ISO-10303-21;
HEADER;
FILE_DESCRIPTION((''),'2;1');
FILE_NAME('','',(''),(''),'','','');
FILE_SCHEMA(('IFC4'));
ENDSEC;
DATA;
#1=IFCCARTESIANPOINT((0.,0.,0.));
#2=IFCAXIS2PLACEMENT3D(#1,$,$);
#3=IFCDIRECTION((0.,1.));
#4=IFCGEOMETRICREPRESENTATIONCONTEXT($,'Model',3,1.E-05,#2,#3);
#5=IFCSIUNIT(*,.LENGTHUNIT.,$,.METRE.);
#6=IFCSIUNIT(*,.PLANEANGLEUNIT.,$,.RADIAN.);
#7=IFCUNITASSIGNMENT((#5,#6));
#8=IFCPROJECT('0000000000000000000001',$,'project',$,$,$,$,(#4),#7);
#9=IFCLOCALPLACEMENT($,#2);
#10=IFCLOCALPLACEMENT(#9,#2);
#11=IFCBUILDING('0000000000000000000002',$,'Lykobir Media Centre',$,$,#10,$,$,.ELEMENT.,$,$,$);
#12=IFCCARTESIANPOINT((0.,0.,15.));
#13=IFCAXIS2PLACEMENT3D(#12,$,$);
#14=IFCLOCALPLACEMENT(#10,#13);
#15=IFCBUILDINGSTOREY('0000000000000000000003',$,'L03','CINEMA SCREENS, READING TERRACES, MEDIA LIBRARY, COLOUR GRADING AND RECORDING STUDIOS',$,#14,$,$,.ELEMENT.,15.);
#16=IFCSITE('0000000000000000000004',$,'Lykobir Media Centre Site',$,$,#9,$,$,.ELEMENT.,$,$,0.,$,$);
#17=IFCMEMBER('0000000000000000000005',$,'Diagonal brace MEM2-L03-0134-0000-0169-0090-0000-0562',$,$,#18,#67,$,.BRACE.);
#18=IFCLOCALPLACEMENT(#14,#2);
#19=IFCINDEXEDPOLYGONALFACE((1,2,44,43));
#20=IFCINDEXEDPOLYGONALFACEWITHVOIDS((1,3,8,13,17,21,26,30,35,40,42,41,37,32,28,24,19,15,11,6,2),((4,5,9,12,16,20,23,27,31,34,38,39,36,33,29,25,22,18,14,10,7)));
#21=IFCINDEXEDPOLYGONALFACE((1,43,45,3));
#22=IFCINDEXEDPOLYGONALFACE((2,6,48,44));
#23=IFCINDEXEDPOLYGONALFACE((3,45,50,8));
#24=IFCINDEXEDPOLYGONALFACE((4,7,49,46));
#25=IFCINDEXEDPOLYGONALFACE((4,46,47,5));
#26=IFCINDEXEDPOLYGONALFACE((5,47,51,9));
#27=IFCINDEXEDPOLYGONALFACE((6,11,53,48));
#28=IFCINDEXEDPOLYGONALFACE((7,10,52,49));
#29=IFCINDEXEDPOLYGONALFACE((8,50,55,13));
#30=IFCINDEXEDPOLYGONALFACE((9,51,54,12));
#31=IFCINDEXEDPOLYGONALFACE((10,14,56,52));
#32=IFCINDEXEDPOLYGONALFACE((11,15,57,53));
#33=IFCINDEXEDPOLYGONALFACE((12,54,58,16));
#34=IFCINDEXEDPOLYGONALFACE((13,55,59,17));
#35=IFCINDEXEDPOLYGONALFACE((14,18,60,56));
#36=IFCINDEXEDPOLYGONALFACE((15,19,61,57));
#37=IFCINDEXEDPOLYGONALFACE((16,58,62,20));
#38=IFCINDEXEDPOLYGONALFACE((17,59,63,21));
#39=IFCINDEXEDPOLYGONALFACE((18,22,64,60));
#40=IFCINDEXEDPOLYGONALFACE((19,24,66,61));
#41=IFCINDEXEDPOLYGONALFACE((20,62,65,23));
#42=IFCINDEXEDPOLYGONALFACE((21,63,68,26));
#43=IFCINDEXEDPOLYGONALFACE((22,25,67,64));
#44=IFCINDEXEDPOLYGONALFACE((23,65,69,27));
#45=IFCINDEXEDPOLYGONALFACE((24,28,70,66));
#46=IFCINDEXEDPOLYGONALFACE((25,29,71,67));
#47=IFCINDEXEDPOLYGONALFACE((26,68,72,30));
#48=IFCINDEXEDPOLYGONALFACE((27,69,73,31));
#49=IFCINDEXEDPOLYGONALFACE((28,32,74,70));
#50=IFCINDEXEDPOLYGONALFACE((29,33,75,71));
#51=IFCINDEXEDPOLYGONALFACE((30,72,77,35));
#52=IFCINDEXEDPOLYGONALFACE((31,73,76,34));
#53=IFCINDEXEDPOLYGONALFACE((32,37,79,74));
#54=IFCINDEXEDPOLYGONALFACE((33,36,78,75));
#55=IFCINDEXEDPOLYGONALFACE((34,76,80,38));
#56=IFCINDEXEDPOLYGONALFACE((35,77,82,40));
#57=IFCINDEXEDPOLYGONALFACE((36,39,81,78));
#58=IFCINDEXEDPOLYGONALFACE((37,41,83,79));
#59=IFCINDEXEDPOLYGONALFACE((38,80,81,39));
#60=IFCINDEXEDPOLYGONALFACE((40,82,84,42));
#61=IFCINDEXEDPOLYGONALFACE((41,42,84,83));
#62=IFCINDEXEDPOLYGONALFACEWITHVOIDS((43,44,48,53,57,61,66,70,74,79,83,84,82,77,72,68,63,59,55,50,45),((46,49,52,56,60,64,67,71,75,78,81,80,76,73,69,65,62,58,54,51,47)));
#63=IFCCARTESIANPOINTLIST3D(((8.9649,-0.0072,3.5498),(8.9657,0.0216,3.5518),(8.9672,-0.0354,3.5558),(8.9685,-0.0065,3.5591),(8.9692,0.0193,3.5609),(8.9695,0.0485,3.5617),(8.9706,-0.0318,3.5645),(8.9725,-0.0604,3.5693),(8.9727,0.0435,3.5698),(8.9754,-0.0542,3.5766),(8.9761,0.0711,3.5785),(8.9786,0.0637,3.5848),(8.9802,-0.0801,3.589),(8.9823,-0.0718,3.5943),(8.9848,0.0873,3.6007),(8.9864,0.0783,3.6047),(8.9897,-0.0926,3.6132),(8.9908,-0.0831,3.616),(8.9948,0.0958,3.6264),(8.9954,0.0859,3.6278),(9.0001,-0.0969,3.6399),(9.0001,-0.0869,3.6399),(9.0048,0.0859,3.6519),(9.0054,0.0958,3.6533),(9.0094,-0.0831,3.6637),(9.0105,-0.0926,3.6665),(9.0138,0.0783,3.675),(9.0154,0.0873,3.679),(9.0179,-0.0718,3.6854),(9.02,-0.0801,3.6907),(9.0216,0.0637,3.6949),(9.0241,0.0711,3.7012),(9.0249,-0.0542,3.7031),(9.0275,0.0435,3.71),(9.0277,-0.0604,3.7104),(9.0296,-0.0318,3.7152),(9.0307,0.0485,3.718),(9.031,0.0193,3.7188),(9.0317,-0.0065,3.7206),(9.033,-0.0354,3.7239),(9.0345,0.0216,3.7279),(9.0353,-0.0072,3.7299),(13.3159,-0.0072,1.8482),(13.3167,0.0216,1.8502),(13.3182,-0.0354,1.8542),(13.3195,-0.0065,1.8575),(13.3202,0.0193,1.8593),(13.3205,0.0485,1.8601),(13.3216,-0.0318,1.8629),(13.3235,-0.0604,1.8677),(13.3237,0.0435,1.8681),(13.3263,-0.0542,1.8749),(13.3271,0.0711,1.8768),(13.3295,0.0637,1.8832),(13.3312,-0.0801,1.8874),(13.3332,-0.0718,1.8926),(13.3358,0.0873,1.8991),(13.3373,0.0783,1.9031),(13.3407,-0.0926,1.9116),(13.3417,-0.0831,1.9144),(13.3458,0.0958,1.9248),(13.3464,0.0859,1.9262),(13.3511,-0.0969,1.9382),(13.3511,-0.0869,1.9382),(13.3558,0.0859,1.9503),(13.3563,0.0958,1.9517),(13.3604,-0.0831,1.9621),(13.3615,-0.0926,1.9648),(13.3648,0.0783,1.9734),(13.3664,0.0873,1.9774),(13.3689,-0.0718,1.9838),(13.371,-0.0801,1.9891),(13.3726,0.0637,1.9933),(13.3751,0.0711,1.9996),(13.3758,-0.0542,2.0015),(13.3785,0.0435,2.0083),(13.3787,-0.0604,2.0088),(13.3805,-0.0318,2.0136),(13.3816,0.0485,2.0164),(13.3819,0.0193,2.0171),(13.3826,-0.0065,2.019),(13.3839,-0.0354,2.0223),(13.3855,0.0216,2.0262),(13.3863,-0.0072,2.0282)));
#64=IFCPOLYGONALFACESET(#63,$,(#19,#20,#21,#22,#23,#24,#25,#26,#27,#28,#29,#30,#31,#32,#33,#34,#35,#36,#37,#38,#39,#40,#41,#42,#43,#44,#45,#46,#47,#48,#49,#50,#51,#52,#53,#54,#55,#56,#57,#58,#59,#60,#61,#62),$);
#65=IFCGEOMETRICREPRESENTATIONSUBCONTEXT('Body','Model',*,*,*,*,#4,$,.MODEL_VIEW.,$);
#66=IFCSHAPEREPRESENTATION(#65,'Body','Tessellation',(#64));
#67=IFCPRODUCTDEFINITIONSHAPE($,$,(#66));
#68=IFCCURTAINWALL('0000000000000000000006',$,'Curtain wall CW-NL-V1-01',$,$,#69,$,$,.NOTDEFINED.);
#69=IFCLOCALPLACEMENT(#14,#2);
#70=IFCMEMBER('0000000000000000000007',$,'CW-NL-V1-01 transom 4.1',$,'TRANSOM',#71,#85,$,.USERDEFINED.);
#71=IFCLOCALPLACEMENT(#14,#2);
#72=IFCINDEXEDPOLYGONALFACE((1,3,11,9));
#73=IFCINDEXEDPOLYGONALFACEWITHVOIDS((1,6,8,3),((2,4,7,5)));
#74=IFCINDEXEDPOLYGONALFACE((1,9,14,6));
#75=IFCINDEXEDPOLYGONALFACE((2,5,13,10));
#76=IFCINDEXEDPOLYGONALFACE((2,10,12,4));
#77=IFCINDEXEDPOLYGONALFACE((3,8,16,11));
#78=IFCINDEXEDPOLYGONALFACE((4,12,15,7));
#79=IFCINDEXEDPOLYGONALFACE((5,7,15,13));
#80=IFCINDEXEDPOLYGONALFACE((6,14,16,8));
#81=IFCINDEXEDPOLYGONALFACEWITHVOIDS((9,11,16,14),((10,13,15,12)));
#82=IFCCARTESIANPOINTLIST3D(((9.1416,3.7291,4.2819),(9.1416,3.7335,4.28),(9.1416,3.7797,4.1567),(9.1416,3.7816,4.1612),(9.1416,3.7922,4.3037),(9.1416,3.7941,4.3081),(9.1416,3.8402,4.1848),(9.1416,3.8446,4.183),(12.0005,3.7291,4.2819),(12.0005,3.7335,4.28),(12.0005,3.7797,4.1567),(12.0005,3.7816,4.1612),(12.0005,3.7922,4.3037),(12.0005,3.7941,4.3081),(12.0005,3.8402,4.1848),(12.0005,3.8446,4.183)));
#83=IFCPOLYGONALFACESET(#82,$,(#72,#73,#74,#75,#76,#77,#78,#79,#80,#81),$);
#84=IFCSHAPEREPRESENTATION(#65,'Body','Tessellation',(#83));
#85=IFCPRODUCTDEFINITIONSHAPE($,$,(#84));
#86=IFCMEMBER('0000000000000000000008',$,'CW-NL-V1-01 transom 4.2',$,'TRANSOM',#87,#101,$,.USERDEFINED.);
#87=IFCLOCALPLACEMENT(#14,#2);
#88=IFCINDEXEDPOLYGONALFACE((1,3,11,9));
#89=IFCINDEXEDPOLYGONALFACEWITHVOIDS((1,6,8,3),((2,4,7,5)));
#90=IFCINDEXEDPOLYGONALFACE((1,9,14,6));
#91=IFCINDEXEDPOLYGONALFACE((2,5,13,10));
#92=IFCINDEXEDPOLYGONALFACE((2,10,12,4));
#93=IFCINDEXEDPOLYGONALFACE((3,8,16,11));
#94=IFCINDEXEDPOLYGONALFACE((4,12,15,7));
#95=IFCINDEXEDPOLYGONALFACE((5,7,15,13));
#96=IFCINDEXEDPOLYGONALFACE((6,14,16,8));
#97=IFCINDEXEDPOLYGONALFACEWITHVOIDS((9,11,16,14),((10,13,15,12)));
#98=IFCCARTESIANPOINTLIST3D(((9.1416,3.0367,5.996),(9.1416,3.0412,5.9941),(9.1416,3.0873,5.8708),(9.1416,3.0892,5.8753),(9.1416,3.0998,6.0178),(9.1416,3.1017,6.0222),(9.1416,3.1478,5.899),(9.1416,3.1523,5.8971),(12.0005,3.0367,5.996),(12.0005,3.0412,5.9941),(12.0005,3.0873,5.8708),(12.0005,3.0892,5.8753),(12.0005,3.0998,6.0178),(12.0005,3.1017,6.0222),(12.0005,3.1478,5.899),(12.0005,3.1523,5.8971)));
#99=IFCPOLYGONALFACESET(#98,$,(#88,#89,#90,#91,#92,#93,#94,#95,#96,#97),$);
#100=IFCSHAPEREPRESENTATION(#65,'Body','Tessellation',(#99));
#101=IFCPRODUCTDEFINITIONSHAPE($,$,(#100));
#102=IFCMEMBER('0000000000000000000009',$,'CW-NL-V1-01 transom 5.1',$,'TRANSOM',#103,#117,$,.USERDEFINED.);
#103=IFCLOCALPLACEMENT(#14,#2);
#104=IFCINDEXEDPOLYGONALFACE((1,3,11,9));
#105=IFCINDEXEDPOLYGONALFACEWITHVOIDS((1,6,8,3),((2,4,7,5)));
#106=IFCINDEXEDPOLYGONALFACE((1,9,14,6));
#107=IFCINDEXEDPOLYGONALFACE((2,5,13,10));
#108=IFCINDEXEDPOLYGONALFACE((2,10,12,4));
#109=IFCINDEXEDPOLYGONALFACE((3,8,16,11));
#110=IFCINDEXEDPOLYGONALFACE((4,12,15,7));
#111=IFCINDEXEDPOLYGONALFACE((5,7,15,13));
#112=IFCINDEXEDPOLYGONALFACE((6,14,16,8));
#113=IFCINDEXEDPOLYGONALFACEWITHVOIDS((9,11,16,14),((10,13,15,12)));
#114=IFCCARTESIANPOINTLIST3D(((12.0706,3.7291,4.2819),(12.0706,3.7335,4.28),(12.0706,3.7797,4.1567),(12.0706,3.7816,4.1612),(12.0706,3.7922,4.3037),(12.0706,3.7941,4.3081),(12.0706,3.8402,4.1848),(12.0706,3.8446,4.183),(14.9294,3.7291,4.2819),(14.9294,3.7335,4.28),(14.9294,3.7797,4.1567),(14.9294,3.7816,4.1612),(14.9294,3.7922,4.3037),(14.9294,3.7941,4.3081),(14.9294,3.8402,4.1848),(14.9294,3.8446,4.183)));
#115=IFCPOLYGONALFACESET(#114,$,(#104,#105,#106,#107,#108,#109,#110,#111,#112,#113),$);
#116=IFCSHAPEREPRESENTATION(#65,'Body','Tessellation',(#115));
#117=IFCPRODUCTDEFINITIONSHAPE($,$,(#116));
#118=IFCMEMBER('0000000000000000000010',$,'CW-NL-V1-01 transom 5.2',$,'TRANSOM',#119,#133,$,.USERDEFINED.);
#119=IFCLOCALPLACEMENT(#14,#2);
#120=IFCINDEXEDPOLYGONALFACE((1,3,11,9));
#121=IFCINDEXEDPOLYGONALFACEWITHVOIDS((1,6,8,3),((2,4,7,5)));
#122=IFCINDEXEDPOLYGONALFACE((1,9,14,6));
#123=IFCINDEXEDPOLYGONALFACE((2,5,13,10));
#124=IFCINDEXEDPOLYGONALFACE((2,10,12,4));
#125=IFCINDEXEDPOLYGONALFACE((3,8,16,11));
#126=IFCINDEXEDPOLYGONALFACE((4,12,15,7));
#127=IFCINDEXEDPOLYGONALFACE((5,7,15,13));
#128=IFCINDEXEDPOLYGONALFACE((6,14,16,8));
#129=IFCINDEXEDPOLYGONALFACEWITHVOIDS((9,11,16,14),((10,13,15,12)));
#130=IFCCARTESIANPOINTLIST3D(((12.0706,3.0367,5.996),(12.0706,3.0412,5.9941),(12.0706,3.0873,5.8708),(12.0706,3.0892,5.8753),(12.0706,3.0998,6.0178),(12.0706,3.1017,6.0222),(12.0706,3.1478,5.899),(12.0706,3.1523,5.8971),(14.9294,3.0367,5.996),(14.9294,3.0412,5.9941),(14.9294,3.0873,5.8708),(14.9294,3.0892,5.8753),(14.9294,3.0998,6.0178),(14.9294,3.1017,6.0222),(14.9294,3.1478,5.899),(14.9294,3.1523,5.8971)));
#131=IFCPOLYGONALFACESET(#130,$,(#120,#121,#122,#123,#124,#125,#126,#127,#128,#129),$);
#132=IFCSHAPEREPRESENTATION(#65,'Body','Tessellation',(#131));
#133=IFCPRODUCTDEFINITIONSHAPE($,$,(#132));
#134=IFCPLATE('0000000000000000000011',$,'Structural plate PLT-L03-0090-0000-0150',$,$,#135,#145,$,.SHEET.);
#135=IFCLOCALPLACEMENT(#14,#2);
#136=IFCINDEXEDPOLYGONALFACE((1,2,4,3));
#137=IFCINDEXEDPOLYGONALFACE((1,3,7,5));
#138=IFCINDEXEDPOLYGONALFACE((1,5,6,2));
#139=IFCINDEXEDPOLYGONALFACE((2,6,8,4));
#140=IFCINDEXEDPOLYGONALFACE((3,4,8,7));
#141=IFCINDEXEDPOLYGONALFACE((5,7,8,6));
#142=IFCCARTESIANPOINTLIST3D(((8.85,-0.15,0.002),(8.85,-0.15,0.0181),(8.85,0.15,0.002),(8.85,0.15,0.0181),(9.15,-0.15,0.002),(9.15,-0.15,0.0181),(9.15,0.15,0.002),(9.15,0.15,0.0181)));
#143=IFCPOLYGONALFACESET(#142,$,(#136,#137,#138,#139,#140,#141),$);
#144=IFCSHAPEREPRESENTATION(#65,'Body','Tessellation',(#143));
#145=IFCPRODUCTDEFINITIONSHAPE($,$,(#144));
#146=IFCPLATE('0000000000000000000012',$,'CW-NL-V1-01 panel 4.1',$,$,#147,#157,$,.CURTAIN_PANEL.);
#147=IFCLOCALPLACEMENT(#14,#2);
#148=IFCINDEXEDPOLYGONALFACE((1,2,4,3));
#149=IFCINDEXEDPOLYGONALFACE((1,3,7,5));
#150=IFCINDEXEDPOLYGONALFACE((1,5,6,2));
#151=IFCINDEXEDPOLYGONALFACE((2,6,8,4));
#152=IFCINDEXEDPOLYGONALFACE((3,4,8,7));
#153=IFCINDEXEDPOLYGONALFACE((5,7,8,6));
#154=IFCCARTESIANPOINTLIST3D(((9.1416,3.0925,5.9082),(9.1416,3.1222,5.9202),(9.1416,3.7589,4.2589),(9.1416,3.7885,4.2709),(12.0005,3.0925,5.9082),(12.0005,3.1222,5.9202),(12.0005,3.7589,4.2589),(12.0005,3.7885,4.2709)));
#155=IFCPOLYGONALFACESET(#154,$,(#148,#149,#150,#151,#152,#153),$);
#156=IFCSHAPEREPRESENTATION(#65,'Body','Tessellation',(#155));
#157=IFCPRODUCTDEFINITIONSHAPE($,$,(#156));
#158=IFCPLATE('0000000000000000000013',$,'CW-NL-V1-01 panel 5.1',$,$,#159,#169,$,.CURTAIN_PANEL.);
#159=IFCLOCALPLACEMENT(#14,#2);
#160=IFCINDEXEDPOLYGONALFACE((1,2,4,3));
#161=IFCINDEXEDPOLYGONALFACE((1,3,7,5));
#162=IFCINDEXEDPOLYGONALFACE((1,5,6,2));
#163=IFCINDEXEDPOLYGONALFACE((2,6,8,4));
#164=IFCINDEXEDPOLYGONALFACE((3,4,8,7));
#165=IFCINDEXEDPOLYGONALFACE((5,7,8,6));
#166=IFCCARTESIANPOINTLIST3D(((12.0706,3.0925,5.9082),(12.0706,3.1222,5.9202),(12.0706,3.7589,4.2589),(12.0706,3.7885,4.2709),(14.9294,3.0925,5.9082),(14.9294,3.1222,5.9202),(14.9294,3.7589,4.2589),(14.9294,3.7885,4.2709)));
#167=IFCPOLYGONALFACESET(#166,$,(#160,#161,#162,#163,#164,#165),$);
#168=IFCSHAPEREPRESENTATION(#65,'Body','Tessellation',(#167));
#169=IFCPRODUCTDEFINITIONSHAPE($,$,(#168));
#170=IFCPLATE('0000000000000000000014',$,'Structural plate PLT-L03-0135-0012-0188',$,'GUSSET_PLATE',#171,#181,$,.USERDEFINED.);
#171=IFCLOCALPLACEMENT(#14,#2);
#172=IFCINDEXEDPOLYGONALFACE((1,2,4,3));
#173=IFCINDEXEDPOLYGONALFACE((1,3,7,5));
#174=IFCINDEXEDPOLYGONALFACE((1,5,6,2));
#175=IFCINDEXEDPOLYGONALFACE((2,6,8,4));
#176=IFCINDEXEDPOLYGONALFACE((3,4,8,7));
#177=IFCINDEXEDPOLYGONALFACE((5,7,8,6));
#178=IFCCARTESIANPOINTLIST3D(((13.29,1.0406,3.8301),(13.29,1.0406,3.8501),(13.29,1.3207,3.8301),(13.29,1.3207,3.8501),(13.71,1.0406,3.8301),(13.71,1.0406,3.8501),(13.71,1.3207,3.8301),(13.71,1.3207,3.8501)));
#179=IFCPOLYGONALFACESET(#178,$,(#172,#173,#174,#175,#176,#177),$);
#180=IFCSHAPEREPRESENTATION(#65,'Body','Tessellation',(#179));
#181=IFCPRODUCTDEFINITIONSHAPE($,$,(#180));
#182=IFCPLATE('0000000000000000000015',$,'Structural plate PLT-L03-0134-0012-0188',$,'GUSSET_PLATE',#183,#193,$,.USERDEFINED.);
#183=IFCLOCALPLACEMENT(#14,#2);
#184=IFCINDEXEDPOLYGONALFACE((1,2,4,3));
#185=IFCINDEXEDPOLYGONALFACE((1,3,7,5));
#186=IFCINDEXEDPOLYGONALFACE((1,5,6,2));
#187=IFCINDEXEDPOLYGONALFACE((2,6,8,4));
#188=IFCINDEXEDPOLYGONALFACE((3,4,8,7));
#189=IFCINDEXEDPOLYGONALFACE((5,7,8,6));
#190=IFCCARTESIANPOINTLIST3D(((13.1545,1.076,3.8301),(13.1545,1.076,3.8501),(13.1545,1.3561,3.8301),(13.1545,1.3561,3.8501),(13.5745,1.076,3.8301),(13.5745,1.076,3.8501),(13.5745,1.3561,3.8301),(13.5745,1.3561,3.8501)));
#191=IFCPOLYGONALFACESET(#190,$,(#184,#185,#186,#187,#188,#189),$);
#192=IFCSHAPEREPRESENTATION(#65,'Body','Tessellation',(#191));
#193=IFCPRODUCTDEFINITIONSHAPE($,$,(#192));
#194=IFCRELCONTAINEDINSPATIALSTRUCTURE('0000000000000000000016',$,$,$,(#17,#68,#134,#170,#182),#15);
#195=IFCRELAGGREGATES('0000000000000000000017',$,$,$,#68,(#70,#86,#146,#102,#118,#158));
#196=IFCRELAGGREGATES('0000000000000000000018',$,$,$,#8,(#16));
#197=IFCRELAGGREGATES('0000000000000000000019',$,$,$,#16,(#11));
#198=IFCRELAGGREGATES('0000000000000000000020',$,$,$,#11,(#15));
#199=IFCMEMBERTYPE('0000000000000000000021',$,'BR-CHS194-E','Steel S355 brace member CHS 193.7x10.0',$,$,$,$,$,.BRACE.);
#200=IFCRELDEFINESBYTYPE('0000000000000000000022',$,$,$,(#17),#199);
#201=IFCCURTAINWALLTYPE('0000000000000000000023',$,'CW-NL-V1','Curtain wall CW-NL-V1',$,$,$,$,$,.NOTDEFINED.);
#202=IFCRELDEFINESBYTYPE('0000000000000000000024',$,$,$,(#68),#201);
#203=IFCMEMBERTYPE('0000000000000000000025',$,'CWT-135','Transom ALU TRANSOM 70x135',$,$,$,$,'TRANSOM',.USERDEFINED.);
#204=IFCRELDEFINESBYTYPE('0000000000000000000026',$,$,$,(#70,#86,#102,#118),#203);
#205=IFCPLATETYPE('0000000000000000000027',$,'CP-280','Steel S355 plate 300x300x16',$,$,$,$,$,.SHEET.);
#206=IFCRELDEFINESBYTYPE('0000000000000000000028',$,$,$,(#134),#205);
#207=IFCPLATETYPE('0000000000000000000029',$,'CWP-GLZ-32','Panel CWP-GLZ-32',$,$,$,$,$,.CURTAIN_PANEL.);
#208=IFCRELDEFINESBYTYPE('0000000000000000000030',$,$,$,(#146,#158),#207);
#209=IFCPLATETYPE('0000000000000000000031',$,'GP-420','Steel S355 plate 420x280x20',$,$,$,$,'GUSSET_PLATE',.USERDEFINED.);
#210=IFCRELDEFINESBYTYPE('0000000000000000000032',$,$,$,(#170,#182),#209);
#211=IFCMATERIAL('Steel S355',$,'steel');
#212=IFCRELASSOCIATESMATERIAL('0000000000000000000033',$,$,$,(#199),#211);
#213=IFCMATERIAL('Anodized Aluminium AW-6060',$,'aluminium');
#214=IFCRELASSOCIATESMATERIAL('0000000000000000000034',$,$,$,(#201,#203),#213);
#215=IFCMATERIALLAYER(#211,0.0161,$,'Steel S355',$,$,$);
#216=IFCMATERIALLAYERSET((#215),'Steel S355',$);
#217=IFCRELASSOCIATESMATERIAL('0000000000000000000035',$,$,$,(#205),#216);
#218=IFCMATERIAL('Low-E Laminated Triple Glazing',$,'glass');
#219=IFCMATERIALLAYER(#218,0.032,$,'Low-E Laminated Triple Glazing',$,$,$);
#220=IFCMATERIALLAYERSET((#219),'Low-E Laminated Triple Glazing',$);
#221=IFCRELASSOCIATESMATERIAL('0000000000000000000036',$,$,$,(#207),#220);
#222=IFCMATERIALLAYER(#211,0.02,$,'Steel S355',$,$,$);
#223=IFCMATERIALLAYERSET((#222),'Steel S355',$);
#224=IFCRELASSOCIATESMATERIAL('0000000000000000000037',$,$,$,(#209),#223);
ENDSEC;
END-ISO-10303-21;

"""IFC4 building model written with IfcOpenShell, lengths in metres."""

from ifc_helpers import new_model, si_unit, direction, frame, origin, origin_2d, place, context, subcontext, project, spatial, rectangle, hollow_rectangle, hollow_circle, extrude, material, layer, layer_set, material_profile, profile_set, type_object, element, aggregate, save


model = new_model("IFC4")

# Units and contexts
model_context = context("Model", 3, precision=1e-05, world=origin(), true_north=direction((0.0, 1.0)))
body_context = subcontext(model_context, "Body", "Model", "MODEL_VIEW")
ifc_project = project(units=[si_unit("LENGTHUNIT", "METRE"), si_unit("PLANEANGLEUNIT", "RADIAN")], contexts=[model_context])

# Site, building, storey
site_placement = place(None, origin())
site = spatial("IfcSite", under=ifc_project, at=site_placement, Name="Lykobir Media Centre Site", CompositionType="ELEMENT", RefElevation=0.0)
building_placement = place(site_placement, origin())
building = spatial("IfcBuilding", under=site, at=building_placement, Name="Lykobir Media Centre", CompositionType="ELEMENT")
storey_placement = place(building_placement, frame((0.0, 0.0, 15.0)))
storey = spatial("IfcBuildingStorey", under=building, at=storey_placement, Name="L03", Description="CINEMA SCREENS, READING TERRACES, MEDIA LIBRARY, COLOUR GRADING AND RECORDING STUDIOS", CompositionType="ELEMENT", Elevation=15.0)

# Member
ifc_material_1 = material(Name="Steel S355", Category="steel")
ifc_material_profile_1 = material_profile(ifc_material_1, hollow_circle(Radius=0.0969, WallThickness=0.01, at=origin_2d()), Name="CHS 193.7x10.0")
ifc_profile_set_1 = profile_set([ifc_material_profile_1], Name="Steel S355")
member_type_1 = type_object("IfcMemberType", Name="BR-CHS194-E", Description="Steel S355 brace member CHS 193.7x10.0", PredefinedType="BRACE", material=ifc_profile_set_1)
member_1_placement = place(storey_placement, frame((13.3511, 0.0, 1.9382), z_axis=(-0.931311, 0.0, 0.364226), x_axis=(0.0, -1.0, 0.0)))
element("IfcMember", 1, at=member_1_placement, inside=storey, type_object=member_type_1, Name="Diagonal brace MEM2-L03-0134-0000-0169-0090-0000-0562", PredefinedType="BRACE", context=body_context, shape_type="SweptSolid", body=[
    extrude(hollow_circle(Radius=0.0969, WallThickness=0.01, at=origin_2d()), origin(), (0.0, 0.0, 1.0), 4.6719),
])

# Curtain wall, members
ifc_material_2 = material(Name="Anodized Aluminium AW-6060", Category="aluminium")
curtain_wall_type = type_object("IfcCurtainWallType", Name="CW-NL-V1", Description="Curtain wall CW-NL-V1", PredefinedType="NOTDEFINED", material=ifc_material_2)
curtain_wall_placement = place(storey_placement, origin())
curtain_wall = element("IfcCurtainWall", 2, at=curtain_wall_placement, inside=storey, type_object=curtain_wall_type, Name="Curtain wall CW-NL-V1-01", PredefinedType="NOTDEFINED")
ifc_material_profile_2 = material_profile(ifc_material_2, hollow_rectangle(XDim=0.0701, YDim=0.135, WallThickness=0.0034, at=origin_2d()), Name="ALU TRANSOM 70x135")
ifc_profile_set_2 = profile_set([ifc_material_profile_2], Name="Anodized Aluminium AW-6060")
member_type_2 = type_object("IfcMemberType", Name="CWT-135", Description="Transom ALU TRANSOM 70x135", ElementType="TRANSOM", PredefinedType="USERDEFINED", material=ifc_profile_set_2)
member_2_placement = place(storey_placement, frame((9.1416, 3.7869, 4.2324), z_axis=(1.0, 0.0, 0.0), x_axis=(0.0, 0.927184, 0.374607)))
member_2 = element("IfcMember", 3, at=member_2_placement, type_object=member_type_2, Name="CW-NL-V1-01 transom 4.1", ObjectType="TRANSOM", PredefinedType="USERDEFINED", context=body_context, shape_type="SweptSolid", body=[
    extrude(hollow_rectangle(XDim=0.0701, YDim=0.135, WallThickness=0.0034, at=origin_2d()), origin(), (0.0, 0.0, 1.0), 2.8589),
])
member_3_placement = place(storey_placement, frame((9.1416, 3.0945, 5.9465), z_axis=(1.0, 0.0, 0.0), x_axis=(0.0, 0.927184, 0.374607)))
member_3 = element("IfcMember", 4, at=member_3_placement, type_object=member_type_2, Name="CW-NL-V1-01 transom 4.2", ObjectType="TRANSOM", PredefinedType="USERDEFINED", context=body_context, shape_type="SweptSolid", body=[
    extrude(hollow_rectangle(XDim=0.0701, YDim=0.135, WallThickness=0.0034, at=origin_2d()), origin(), (0.0, 0.0, 1.0), 2.8589),
])
member_4_placement = place(storey_placement, frame((12.0706, 3.7869, 4.2324), z_axis=(1.0, 0.0, 0.0), x_axis=(0.0, 0.927184, 0.374607)))
member_4 = element("IfcMember", 5, at=member_4_placement, type_object=member_type_2, Name="CW-NL-V1-01 transom 5.1", ObjectType="TRANSOM", PredefinedType="USERDEFINED", context=body_context, shape_type="SweptSolid", body=[
    extrude(hollow_rectangle(XDim=0.0701, YDim=0.135, WallThickness=0.0034, at=origin_2d()), origin(), (0.0, 0.0, 1.0), 2.8589),
])
member_5_placement = place(storey_placement, frame((12.0706, 3.0945, 5.9465), z_axis=(1.0, 0.0, 0.0), x_axis=(0.0, 0.927184, 0.374607)))
member_5 = element("IfcMember", 6, at=member_5_placement, type_object=member_type_2, Name="CW-NL-V1-01 transom 5.2", ObjectType="TRANSOM", PredefinedType="USERDEFINED", context=body_context, shape_type="SweptSolid", body=[
    extrude(hollow_rectangle(XDim=0.0701, YDim=0.135, WallThickness=0.0034, at=origin_2d()), origin(), (0.0, 0.0, 1.0), 2.8589),
])

# Plates
ifc_layer_1 = layer(ifc_material_1, 0.0161, Name="Steel S355")
ifc_layer_set_1 = layer_set([ifc_layer_1], Name="Steel S355")
plate_type_1 = type_object("IfcPlateType", Name="CP-280", Description="Steel S355 plate 300x300x16", PredefinedType="SHEET", material=ifc_layer_set_1)
plate_1_placement = place(storey_placement, frame((9.0, 0.0, 0.002), z_axis=(0.0, 0.0, 1.0), x_axis=(1.0, 0.0, 0.0)))
element("IfcPlate", 7, at=plate_1_placement, inside=storey, type_object=plate_type_1, Name="Structural plate PLT-L03-0090-0000-0150", PredefinedType="SHEET", context=body_context, shape_type="SweptSolid", body=[
    extrude(rectangle(XDim=0.3, YDim=0.3, at=origin_2d()), origin(), (0.0, 0.0, 1.0), 0.0161),
])
ifc_material_3 = material(Name="Low-E Laminated Triple Glazing", Category="glass")
ifc_layer_2 = layer(ifc_material_3, 0.032, Name="Low-E Laminated Triple Glazing")
ifc_layer_set_2 = layer_set([ifc_layer_2], Name="Low-E Laminated Triple Glazing")
plate_type_2 = type_object("IfcPlateType", Name="CWP-GLZ-32", Description="Panel CWP-GLZ-32", PredefinedType="CURTAIN_PANEL", material=ifc_layer_set_2)
plate_2_placement = place(storey_placement, frame((10.571, 3.7737, 4.2649), z_axis=(0.0, -0.374607, 0.927184), x_axis=(1.0, 0.0, 0.0)))
plate_2 = element("IfcPlate", 8, at=plate_2_placement, type_object=plate_type_2, Name="CW-NL-V1-01 panel 4.1", PredefinedType="CURTAIN_PANEL", context=body_context, shape_type="SweptSolid", body=[
    extrude(rectangle(XDim=2.8589, YDim=0.032, at=origin_2d()), origin(), (0.0, 0.0, 1.0), 1.7788),
])
plate_3_placement = place(storey_placement, frame((13.5, 3.7737, 4.2649), z_axis=(0.0, -0.374607, 0.927184), x_axis=(1.0, 0.0, 0.0)))
plate_3 = element("IfcPlate", 9, at=plate_3_placement, type_object=plate_type_2, Name="CW-NL-V1-01 panel 5.1", PredefinedType="CURTAIN_PANEL", context=body_context, shape_type="SweptSolid", body=[
    extrude(rectangle(XDim=2.8589, YDim=0.032, at=origin_2d()), origin(), (0.0, 0.0, 1.0), 1.7788),
])
aggregate(curtain_wall, [member_2, member_3, plate_2, member_4, member_5, plate_3])

# Plates
ifc_layer_3 = layer(ifc_material_1, 0.02, Name="Steel S355")
ifc_layer_set_3 = layer_set([ifc_layer_3], Name="Steel S355")
plate_type_3 = type_object("IfcPlateType", Name="GP-420", Description="Steel S355 plate 420x280x20", ElementType="GUSSET_PLATE", PredefinedType="USERDEFINED", material=ifc_layer_set_3)
for number, where, z_axis, x_axis, name in (
    (10, (13.5, 1.1807, 3.8301), (0.0, 0.0, 1.0), (1.0, 0.0, 0.0), "Structural plate PLT-L03-0135-0012-0188"),
    (11, (13.3645, 1.2161, 3.8301), (0.0, 0.0, 1.0), (1.0, 0.0, 0.0), "Structural plate PLT-L03-0134-0012-0188"),
):
    element("IfcPlate", number, at=place(storey_placement, frame(where, z_axis=z_axis, x_axis=x_axis)), inside=storey, type_object=plate_type_3, Name=name, ObjectType="GUSSET_PLATE", PredefinedType="USERDEFINED", context=body_context, shape_type="SweptSolid", body=[
        extrude(rectangle(XDim=0.4199, YDim=0.28, at=origin_2d()), origin(), (0.0, 0.0, 1.0), 0.02),
    ])

save(model, "model.ifc")
